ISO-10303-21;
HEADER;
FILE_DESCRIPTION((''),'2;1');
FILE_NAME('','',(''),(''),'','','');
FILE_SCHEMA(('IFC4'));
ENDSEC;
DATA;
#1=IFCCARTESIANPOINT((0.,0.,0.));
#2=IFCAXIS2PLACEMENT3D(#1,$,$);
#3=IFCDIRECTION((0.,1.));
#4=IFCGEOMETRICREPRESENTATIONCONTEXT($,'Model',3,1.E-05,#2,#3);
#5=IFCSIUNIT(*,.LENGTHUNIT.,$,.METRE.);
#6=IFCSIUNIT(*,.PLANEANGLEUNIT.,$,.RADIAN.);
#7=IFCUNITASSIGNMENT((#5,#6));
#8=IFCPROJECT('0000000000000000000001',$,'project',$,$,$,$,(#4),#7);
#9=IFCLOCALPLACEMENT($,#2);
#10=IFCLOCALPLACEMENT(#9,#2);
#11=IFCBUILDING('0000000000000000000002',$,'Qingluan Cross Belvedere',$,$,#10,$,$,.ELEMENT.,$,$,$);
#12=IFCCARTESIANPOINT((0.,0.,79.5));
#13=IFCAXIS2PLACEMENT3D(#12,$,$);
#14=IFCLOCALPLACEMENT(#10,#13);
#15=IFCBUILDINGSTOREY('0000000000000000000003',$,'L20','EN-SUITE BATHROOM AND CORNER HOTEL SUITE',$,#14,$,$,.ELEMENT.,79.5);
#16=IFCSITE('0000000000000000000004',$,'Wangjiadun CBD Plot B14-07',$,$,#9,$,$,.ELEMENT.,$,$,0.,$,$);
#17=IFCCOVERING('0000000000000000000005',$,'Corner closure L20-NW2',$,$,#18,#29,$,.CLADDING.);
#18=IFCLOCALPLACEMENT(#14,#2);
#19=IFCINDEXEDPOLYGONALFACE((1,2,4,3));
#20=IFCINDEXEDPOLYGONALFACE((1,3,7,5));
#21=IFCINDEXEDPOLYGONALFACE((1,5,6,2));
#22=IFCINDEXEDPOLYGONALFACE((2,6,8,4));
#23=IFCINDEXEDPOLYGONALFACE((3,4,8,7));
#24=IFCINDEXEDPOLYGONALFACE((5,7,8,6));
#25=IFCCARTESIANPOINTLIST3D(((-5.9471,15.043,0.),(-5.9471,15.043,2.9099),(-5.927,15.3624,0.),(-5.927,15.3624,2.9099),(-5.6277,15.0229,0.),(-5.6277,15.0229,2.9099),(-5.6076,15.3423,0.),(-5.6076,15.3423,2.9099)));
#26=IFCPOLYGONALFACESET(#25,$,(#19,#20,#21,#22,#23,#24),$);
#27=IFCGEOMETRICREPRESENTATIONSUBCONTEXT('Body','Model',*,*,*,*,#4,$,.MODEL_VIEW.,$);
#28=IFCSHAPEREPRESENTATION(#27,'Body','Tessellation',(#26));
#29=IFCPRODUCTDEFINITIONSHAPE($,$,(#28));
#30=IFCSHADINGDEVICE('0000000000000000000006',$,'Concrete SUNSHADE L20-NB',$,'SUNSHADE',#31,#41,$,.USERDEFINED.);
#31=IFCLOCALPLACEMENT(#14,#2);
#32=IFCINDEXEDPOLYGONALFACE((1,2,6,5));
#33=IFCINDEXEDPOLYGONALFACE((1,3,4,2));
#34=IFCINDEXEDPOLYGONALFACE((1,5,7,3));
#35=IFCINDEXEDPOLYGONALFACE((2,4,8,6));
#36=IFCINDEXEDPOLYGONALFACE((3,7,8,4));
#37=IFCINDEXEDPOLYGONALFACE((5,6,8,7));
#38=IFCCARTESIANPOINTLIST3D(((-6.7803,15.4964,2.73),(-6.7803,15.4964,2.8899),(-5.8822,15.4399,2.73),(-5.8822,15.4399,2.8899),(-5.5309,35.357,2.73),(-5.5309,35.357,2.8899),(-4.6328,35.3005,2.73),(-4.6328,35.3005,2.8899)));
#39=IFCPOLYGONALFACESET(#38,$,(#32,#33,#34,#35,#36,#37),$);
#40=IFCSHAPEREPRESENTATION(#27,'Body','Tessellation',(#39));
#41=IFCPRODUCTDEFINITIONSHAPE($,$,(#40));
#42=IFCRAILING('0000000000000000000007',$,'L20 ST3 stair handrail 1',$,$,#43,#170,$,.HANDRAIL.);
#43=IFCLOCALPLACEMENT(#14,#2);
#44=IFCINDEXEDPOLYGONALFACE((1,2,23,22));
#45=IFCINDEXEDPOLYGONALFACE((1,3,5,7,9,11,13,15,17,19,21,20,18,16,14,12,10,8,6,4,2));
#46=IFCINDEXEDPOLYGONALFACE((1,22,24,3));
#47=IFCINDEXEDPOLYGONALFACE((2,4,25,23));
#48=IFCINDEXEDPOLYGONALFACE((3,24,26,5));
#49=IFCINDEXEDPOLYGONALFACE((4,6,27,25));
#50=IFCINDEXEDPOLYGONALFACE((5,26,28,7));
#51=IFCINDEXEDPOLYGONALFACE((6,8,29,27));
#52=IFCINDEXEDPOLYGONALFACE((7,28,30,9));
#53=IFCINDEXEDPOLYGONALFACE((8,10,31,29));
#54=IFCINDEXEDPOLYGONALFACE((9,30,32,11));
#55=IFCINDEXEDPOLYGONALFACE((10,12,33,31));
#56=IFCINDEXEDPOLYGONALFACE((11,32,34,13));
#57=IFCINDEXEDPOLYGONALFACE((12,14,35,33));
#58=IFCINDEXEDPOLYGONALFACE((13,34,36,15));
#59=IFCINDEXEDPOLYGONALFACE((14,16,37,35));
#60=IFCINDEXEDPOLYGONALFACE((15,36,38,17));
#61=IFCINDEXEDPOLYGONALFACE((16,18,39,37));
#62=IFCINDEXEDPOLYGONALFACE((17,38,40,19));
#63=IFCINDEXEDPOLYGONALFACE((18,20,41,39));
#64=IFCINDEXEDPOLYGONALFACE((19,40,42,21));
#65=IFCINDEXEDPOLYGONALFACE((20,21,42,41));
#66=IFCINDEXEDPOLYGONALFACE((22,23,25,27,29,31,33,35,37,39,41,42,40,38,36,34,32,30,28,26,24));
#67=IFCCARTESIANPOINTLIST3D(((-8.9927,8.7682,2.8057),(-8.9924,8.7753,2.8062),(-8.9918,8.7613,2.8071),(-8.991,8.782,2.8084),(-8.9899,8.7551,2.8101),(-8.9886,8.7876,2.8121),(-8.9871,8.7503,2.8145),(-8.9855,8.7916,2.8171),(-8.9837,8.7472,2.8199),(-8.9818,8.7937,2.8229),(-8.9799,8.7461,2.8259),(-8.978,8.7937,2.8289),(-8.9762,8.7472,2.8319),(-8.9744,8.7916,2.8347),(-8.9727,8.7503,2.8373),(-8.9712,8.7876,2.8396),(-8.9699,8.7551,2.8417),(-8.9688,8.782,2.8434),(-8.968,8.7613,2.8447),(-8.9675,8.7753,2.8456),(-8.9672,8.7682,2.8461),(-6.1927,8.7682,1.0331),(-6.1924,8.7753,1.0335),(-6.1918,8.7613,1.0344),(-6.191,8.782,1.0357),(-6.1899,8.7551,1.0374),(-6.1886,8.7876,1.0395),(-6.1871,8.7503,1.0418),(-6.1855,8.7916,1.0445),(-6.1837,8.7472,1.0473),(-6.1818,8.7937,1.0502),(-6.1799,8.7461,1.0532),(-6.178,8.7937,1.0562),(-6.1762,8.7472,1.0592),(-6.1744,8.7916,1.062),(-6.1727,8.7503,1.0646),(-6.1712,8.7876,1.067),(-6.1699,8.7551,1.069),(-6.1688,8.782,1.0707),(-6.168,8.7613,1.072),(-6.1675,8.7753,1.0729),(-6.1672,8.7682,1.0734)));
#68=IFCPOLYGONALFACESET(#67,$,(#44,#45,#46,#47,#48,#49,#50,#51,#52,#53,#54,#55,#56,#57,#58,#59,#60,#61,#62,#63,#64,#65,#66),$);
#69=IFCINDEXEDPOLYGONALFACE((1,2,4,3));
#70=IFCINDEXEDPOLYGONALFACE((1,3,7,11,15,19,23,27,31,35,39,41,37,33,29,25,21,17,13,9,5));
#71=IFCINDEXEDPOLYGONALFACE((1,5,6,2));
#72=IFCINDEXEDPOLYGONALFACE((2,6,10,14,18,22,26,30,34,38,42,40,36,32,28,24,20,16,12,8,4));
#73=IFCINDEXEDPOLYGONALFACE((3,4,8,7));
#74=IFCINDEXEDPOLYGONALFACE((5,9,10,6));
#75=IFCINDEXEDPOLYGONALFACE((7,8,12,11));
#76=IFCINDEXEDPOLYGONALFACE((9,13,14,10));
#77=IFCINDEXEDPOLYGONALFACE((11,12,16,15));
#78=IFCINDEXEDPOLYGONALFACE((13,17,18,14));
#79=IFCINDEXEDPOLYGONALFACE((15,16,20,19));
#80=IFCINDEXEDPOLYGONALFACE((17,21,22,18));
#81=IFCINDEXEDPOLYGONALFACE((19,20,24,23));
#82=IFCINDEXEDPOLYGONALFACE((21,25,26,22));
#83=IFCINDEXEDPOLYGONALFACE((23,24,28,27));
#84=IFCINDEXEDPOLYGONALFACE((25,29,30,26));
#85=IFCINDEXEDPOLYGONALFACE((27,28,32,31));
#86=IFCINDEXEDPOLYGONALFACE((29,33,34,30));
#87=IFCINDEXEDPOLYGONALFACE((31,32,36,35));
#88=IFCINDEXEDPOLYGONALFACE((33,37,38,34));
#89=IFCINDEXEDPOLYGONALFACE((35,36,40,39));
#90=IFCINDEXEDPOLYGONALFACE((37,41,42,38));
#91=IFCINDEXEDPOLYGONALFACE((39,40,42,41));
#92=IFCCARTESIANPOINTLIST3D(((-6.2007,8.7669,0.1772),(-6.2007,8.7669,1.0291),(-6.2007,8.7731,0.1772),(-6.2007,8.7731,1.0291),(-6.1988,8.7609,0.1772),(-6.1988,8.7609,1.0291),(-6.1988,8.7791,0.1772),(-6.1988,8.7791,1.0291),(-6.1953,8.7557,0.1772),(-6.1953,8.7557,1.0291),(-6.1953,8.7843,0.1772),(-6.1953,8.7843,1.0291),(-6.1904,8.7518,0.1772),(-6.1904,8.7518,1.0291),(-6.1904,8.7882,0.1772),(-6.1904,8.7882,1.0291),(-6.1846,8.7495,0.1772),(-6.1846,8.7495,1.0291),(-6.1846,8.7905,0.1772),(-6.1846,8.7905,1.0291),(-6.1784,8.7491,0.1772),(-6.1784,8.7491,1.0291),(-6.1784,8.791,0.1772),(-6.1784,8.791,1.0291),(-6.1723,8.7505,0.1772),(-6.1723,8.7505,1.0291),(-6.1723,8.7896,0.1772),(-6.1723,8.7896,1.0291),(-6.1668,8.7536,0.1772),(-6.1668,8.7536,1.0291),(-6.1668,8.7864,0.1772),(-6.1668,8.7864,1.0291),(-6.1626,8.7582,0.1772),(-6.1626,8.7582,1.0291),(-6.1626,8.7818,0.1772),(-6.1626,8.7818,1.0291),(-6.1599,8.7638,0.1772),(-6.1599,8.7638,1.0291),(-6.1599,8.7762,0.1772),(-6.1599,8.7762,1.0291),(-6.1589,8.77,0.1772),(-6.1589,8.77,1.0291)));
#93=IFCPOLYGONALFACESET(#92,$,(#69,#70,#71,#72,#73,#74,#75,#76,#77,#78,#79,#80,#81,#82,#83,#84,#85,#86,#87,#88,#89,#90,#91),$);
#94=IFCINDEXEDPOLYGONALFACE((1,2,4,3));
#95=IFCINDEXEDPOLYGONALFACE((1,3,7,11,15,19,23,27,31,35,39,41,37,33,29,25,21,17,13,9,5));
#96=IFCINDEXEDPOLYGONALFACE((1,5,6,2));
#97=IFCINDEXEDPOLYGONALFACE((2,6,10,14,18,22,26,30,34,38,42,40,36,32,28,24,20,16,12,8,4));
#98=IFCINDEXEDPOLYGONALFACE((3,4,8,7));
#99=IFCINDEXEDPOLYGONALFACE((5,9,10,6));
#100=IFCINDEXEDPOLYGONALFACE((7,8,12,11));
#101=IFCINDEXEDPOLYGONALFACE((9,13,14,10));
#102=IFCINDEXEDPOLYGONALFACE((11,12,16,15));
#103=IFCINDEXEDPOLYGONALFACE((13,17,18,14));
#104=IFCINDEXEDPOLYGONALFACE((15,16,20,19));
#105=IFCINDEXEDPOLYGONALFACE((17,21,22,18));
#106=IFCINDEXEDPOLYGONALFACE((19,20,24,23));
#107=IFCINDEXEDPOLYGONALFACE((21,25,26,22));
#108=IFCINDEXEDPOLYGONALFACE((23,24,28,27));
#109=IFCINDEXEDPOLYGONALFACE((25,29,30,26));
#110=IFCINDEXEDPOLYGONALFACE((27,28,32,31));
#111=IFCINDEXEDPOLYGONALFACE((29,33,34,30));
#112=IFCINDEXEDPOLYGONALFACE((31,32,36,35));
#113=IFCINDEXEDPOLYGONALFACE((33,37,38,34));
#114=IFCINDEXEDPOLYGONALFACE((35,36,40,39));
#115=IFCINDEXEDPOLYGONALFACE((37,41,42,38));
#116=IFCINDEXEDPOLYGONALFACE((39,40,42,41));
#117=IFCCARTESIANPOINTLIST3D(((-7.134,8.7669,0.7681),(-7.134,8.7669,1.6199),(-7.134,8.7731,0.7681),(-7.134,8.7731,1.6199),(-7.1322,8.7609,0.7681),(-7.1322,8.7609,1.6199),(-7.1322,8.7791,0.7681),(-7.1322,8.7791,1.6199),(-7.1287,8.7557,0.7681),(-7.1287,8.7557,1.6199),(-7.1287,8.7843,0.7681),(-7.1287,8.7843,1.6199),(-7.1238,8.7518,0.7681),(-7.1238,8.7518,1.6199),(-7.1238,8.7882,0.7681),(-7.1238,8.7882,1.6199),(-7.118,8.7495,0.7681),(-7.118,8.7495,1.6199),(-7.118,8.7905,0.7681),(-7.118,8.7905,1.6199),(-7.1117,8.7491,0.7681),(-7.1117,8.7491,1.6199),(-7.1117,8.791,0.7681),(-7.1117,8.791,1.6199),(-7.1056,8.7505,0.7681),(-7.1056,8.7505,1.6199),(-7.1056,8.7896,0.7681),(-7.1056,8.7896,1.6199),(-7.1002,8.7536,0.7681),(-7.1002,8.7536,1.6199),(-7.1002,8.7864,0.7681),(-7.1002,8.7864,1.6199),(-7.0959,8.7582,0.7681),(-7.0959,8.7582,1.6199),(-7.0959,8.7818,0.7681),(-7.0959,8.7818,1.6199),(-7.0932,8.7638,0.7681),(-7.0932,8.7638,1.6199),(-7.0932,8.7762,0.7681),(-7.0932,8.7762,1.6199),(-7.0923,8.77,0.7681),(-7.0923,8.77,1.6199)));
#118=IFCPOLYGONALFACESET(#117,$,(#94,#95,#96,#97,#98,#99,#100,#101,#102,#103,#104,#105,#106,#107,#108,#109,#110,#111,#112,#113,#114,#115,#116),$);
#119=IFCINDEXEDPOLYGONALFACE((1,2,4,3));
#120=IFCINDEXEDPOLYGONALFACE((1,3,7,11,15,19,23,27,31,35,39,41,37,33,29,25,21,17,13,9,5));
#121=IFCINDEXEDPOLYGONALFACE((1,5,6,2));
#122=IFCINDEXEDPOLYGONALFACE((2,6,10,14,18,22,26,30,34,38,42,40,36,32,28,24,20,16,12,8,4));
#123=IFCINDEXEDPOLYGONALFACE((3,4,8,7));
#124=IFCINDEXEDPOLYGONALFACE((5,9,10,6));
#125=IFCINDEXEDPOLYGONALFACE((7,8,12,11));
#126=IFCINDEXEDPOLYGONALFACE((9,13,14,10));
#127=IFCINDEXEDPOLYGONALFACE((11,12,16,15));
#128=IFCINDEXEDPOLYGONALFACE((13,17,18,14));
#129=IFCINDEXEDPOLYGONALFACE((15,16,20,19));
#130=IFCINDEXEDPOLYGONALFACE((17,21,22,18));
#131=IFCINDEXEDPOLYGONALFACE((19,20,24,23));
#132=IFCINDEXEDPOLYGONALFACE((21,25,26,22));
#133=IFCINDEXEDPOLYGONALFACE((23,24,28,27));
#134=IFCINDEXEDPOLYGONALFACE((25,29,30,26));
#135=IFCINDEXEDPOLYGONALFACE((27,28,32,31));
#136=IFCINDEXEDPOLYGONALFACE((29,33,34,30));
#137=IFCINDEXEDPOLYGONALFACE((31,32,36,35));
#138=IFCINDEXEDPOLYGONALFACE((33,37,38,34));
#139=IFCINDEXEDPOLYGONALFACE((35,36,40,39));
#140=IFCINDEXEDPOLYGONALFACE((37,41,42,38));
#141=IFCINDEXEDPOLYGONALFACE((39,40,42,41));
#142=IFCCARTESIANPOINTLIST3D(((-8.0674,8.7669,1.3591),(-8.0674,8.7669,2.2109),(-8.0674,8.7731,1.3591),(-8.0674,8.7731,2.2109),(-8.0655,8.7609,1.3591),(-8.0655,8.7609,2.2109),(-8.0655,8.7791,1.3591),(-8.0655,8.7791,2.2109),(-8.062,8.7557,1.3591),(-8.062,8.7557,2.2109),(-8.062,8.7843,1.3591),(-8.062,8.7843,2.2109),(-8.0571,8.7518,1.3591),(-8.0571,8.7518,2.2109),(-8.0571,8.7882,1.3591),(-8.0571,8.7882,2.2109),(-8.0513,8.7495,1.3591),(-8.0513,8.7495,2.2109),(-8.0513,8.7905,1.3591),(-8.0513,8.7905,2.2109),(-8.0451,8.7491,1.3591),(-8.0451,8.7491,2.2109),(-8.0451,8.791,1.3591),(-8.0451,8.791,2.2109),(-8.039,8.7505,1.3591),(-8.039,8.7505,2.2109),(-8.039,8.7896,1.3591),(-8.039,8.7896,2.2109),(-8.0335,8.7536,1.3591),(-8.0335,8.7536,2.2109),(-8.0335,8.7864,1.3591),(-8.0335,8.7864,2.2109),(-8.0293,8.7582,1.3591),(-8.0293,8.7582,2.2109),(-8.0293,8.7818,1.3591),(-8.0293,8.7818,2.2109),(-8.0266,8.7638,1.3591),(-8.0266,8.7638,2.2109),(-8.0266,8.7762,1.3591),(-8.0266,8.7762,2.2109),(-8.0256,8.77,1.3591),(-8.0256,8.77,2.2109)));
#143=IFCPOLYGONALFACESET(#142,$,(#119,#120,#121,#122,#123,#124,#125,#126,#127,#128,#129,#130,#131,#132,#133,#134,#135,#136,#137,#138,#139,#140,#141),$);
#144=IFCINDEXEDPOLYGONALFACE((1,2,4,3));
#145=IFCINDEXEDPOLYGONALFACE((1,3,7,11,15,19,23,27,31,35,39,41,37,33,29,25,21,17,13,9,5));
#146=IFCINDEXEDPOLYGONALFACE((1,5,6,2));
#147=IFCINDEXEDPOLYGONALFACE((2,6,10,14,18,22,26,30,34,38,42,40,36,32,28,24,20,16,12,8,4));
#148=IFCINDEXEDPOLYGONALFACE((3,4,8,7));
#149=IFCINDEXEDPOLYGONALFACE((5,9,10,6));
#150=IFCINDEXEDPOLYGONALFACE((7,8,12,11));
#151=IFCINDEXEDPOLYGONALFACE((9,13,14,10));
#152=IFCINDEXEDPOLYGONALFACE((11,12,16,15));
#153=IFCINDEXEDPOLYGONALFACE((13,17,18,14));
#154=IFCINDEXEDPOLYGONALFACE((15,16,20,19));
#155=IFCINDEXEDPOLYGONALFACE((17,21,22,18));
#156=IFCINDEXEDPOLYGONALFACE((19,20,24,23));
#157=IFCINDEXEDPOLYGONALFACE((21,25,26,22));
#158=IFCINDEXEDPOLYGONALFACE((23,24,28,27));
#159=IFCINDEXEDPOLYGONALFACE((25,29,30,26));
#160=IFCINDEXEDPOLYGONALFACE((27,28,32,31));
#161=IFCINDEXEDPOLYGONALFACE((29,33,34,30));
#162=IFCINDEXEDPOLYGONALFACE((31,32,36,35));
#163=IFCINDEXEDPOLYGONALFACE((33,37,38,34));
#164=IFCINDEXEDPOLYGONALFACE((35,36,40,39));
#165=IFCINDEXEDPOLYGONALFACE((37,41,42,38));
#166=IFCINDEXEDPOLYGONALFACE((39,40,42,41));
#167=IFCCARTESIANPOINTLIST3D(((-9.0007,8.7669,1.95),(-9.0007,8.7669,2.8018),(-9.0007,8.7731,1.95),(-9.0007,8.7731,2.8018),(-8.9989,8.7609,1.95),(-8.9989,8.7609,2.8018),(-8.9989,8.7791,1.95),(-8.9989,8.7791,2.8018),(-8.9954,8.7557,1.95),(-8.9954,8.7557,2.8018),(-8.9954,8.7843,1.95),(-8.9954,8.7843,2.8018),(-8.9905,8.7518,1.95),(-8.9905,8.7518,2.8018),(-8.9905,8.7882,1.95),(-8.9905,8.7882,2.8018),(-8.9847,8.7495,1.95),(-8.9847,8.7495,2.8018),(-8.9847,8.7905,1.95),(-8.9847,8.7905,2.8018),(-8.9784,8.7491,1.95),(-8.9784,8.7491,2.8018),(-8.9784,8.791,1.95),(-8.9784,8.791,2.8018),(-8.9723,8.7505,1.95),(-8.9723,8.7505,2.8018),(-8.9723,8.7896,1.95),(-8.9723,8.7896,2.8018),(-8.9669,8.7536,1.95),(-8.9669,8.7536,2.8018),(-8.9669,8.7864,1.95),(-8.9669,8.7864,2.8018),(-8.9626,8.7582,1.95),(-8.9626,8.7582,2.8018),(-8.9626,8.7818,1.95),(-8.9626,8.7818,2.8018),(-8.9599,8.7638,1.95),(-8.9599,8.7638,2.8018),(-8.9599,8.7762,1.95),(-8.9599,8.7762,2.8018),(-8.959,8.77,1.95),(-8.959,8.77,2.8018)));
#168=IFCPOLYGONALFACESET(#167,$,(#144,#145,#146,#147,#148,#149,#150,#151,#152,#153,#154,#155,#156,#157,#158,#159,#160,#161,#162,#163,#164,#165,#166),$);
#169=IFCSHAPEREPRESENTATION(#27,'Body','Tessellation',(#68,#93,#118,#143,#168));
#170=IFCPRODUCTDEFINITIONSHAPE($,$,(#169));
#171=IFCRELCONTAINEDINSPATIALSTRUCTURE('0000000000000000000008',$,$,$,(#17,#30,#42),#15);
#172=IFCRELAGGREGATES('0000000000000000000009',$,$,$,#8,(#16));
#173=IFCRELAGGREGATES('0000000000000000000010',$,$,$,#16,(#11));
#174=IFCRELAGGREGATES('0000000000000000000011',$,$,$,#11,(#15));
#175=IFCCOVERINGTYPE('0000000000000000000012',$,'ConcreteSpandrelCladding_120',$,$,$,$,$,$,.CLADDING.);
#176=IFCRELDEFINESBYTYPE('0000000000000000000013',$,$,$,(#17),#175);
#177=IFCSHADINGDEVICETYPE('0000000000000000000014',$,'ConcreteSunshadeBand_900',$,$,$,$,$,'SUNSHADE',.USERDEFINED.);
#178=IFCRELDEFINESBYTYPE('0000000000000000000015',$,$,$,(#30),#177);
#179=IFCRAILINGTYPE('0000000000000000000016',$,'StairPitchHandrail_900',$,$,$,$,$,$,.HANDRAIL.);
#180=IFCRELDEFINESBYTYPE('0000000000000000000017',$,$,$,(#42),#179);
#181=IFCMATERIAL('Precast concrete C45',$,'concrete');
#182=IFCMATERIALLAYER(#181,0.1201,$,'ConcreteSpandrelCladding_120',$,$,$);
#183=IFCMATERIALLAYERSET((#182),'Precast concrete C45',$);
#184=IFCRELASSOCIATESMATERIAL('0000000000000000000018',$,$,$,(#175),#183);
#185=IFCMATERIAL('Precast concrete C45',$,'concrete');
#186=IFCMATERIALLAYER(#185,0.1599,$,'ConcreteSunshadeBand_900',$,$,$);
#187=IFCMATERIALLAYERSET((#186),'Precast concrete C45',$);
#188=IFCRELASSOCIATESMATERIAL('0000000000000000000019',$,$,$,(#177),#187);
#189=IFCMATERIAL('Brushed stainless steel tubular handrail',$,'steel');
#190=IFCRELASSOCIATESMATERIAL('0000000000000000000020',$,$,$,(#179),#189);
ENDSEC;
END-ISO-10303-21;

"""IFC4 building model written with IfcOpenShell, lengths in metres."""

from ifc_helpers import new_model, si_unit, direction, frame, origin, origin_2d, place, context, subcontext, project, spatial, rectangle, circle, extrude, material, layer, layer_set, type_object, element, save


model = new_model("IFC4")

# Units and contexts
model_context = context("Model", 3, precision=1e-05, world=origin(), true_north=direction((0.0, 1.0)))
body_context = subcontext(model_context, "Body", "Model", "MODEL_VIEW")
ifc_project = project(units=[si_unit("LENGTHUNIT", "METRE"), si_unit("PLANEANGLEUNIT", "RADIAN")], contexts=[model_context])

# Site, building, storey
site_placement = place(None, origin())
site = spatial("IfcSite", under=ifc_project, at=site_placement, Name="Wangjiadun CBD Plot B14-07", CompositionType="ELEMENT", RefElevation=0.0)
building_placement = place(site_placement, origin())
building = spatial("IfcBuilding", under=site, at=building_placement, Name="Qingluan Cross Belvedere", CompositionType="ELEMENT")
storey_placement = place(building_placement, frame((0.0, 0.0, 79.5)))
storey = spatial("IfcBuildingStorey", under=building, at=storey_placement, Name="L20", Description="EN-SUITE BATHROOM AND CORNER HOTEL SUITE", CompositionType="ELEMENT", Elevation=79.5)

# Covering
ifc_material_1 = material(Name="Precast concrete C45", Category="concrete")
ifc_layer_1 = layer(ifc_material_1, 0.1201, Name="ConcreteSpandrelCladding_120")
ifc_layer_set_1 = layer_set([ifc_layer_1], Name="Precast concrete C45")
covering_type = type_object("IfcCoveringType", Name="ConcreteSpandrelCladding_120", PredefinedType="CLADDING", material=ifc_layer_set_1)
covering_placement = place(storey_placement, frame((-5.7773, 15.1926, 0.0), z_axis=(0.0, 0.0, 1.0), x_axis=(0.998027, -0.062791, 0.0)))
element("IfcCovering", 1, at=covering_placement, inside=storey, type_object=covering_type, Name="Corner closure L20-NW2", PredefinedType="CLADDING", context=body_context, shape_type="SweptSolid", body=[
    extrude(rectangle(XDim=0.3201, YDim=0.3201, at=origin_2d()), origin(), (0.0, 0.0, 1.0), 2.9099),
])

# Shading device
ifc_material_2 = material(Name="Precast concrete C45", Category="concrete")
ifc_layer_2 = layer(ifc_material_2, 0.1599, Name="ConcreteSunshadeBand_900")
ifc_layer_set_2 = layer_set([ifc_layer_2], Name="Precast concrete C45")
shading_device_type = type_object("IfcShadingDeviceType", Name="ConcreteSunshadeBand_900", ElementType="SUNSHADE", PredefinedType="USERDEFINED", material=ifc_layer_set_2)
shading_device_placement = place(storey_placement, frame((-5.7065, 25.3984, 2.73), z_axis=(0.0, 0.0, 1.0), x_axis=(-0.062786, -0.998027, 0.0)))
element("IfcShadingDevice", 2, at=shading_device_placement, inside=storey, type_object=shading_device_type, Name="Concrete SUNSHADE L20-NB", ObjectType="SUNSHADE", PredefinedType="USERDEFINED", context=body_context, shape_type="SweptSolid", body=[
    extrude(rectangle(XDim=19.8999, YDim=0.8999, at=origin_2d()), origin(), (0.0, 0.0, 1.0), 0.1599),
])

# Railing
ifc_material_3 = material(Name="Brushed stainless steel tubular handrail", Category="steel")
railing_type = type_object("IfcRailingType", Name="StairPitchHandrail_900", PredefinedType="HANDRAIL", material=ifc_material_3)
railing_placement = place(storey_placement, frame((-6.1799, 8.77, 0.1772)))
element("IfcRailing", 3, at=railing_placement, inside=storey, type_object=railing_type, Name="L20 ST3 stair handrail 1", PredefinedType="HANDRAIL", context=body_context, shape_type="SweptSolid", body=[
    extrude(circle(Radius=0.0239, at=origin_2d()), frame((0.0, 0.0, 0.876), z_axis=(-0.844909, 0.0, 0.53491), x_axis=(0.0, -1.0, 0.0)), (0.0, 0.0, 1.0), 3.314),
    extrude(circle(Radius=0.021, at=origin_2d()), origin(), (0.0, 0.0, 1.0), 0.8518),
    extrude(circle(Radius=0.021, at=origin_2d()), frame((-0.9333, 0.0, 0.5908)), (0.0, 0.0, 1.0), 0.8518),
    extrude(circle(Radius=0.021, at=origin_2d()), frame((-1.8667, 0.0, 1.1819)), (0.0, 0.0, 1.0), 0.8518),
    extrude(circle(Radius=0.021, at=origin_2d()), frame((-2.8, 0.0, 1.7727)), (0.0, 0.0, 1.0), 0.8518),
])

save(model, "model.ifc")
